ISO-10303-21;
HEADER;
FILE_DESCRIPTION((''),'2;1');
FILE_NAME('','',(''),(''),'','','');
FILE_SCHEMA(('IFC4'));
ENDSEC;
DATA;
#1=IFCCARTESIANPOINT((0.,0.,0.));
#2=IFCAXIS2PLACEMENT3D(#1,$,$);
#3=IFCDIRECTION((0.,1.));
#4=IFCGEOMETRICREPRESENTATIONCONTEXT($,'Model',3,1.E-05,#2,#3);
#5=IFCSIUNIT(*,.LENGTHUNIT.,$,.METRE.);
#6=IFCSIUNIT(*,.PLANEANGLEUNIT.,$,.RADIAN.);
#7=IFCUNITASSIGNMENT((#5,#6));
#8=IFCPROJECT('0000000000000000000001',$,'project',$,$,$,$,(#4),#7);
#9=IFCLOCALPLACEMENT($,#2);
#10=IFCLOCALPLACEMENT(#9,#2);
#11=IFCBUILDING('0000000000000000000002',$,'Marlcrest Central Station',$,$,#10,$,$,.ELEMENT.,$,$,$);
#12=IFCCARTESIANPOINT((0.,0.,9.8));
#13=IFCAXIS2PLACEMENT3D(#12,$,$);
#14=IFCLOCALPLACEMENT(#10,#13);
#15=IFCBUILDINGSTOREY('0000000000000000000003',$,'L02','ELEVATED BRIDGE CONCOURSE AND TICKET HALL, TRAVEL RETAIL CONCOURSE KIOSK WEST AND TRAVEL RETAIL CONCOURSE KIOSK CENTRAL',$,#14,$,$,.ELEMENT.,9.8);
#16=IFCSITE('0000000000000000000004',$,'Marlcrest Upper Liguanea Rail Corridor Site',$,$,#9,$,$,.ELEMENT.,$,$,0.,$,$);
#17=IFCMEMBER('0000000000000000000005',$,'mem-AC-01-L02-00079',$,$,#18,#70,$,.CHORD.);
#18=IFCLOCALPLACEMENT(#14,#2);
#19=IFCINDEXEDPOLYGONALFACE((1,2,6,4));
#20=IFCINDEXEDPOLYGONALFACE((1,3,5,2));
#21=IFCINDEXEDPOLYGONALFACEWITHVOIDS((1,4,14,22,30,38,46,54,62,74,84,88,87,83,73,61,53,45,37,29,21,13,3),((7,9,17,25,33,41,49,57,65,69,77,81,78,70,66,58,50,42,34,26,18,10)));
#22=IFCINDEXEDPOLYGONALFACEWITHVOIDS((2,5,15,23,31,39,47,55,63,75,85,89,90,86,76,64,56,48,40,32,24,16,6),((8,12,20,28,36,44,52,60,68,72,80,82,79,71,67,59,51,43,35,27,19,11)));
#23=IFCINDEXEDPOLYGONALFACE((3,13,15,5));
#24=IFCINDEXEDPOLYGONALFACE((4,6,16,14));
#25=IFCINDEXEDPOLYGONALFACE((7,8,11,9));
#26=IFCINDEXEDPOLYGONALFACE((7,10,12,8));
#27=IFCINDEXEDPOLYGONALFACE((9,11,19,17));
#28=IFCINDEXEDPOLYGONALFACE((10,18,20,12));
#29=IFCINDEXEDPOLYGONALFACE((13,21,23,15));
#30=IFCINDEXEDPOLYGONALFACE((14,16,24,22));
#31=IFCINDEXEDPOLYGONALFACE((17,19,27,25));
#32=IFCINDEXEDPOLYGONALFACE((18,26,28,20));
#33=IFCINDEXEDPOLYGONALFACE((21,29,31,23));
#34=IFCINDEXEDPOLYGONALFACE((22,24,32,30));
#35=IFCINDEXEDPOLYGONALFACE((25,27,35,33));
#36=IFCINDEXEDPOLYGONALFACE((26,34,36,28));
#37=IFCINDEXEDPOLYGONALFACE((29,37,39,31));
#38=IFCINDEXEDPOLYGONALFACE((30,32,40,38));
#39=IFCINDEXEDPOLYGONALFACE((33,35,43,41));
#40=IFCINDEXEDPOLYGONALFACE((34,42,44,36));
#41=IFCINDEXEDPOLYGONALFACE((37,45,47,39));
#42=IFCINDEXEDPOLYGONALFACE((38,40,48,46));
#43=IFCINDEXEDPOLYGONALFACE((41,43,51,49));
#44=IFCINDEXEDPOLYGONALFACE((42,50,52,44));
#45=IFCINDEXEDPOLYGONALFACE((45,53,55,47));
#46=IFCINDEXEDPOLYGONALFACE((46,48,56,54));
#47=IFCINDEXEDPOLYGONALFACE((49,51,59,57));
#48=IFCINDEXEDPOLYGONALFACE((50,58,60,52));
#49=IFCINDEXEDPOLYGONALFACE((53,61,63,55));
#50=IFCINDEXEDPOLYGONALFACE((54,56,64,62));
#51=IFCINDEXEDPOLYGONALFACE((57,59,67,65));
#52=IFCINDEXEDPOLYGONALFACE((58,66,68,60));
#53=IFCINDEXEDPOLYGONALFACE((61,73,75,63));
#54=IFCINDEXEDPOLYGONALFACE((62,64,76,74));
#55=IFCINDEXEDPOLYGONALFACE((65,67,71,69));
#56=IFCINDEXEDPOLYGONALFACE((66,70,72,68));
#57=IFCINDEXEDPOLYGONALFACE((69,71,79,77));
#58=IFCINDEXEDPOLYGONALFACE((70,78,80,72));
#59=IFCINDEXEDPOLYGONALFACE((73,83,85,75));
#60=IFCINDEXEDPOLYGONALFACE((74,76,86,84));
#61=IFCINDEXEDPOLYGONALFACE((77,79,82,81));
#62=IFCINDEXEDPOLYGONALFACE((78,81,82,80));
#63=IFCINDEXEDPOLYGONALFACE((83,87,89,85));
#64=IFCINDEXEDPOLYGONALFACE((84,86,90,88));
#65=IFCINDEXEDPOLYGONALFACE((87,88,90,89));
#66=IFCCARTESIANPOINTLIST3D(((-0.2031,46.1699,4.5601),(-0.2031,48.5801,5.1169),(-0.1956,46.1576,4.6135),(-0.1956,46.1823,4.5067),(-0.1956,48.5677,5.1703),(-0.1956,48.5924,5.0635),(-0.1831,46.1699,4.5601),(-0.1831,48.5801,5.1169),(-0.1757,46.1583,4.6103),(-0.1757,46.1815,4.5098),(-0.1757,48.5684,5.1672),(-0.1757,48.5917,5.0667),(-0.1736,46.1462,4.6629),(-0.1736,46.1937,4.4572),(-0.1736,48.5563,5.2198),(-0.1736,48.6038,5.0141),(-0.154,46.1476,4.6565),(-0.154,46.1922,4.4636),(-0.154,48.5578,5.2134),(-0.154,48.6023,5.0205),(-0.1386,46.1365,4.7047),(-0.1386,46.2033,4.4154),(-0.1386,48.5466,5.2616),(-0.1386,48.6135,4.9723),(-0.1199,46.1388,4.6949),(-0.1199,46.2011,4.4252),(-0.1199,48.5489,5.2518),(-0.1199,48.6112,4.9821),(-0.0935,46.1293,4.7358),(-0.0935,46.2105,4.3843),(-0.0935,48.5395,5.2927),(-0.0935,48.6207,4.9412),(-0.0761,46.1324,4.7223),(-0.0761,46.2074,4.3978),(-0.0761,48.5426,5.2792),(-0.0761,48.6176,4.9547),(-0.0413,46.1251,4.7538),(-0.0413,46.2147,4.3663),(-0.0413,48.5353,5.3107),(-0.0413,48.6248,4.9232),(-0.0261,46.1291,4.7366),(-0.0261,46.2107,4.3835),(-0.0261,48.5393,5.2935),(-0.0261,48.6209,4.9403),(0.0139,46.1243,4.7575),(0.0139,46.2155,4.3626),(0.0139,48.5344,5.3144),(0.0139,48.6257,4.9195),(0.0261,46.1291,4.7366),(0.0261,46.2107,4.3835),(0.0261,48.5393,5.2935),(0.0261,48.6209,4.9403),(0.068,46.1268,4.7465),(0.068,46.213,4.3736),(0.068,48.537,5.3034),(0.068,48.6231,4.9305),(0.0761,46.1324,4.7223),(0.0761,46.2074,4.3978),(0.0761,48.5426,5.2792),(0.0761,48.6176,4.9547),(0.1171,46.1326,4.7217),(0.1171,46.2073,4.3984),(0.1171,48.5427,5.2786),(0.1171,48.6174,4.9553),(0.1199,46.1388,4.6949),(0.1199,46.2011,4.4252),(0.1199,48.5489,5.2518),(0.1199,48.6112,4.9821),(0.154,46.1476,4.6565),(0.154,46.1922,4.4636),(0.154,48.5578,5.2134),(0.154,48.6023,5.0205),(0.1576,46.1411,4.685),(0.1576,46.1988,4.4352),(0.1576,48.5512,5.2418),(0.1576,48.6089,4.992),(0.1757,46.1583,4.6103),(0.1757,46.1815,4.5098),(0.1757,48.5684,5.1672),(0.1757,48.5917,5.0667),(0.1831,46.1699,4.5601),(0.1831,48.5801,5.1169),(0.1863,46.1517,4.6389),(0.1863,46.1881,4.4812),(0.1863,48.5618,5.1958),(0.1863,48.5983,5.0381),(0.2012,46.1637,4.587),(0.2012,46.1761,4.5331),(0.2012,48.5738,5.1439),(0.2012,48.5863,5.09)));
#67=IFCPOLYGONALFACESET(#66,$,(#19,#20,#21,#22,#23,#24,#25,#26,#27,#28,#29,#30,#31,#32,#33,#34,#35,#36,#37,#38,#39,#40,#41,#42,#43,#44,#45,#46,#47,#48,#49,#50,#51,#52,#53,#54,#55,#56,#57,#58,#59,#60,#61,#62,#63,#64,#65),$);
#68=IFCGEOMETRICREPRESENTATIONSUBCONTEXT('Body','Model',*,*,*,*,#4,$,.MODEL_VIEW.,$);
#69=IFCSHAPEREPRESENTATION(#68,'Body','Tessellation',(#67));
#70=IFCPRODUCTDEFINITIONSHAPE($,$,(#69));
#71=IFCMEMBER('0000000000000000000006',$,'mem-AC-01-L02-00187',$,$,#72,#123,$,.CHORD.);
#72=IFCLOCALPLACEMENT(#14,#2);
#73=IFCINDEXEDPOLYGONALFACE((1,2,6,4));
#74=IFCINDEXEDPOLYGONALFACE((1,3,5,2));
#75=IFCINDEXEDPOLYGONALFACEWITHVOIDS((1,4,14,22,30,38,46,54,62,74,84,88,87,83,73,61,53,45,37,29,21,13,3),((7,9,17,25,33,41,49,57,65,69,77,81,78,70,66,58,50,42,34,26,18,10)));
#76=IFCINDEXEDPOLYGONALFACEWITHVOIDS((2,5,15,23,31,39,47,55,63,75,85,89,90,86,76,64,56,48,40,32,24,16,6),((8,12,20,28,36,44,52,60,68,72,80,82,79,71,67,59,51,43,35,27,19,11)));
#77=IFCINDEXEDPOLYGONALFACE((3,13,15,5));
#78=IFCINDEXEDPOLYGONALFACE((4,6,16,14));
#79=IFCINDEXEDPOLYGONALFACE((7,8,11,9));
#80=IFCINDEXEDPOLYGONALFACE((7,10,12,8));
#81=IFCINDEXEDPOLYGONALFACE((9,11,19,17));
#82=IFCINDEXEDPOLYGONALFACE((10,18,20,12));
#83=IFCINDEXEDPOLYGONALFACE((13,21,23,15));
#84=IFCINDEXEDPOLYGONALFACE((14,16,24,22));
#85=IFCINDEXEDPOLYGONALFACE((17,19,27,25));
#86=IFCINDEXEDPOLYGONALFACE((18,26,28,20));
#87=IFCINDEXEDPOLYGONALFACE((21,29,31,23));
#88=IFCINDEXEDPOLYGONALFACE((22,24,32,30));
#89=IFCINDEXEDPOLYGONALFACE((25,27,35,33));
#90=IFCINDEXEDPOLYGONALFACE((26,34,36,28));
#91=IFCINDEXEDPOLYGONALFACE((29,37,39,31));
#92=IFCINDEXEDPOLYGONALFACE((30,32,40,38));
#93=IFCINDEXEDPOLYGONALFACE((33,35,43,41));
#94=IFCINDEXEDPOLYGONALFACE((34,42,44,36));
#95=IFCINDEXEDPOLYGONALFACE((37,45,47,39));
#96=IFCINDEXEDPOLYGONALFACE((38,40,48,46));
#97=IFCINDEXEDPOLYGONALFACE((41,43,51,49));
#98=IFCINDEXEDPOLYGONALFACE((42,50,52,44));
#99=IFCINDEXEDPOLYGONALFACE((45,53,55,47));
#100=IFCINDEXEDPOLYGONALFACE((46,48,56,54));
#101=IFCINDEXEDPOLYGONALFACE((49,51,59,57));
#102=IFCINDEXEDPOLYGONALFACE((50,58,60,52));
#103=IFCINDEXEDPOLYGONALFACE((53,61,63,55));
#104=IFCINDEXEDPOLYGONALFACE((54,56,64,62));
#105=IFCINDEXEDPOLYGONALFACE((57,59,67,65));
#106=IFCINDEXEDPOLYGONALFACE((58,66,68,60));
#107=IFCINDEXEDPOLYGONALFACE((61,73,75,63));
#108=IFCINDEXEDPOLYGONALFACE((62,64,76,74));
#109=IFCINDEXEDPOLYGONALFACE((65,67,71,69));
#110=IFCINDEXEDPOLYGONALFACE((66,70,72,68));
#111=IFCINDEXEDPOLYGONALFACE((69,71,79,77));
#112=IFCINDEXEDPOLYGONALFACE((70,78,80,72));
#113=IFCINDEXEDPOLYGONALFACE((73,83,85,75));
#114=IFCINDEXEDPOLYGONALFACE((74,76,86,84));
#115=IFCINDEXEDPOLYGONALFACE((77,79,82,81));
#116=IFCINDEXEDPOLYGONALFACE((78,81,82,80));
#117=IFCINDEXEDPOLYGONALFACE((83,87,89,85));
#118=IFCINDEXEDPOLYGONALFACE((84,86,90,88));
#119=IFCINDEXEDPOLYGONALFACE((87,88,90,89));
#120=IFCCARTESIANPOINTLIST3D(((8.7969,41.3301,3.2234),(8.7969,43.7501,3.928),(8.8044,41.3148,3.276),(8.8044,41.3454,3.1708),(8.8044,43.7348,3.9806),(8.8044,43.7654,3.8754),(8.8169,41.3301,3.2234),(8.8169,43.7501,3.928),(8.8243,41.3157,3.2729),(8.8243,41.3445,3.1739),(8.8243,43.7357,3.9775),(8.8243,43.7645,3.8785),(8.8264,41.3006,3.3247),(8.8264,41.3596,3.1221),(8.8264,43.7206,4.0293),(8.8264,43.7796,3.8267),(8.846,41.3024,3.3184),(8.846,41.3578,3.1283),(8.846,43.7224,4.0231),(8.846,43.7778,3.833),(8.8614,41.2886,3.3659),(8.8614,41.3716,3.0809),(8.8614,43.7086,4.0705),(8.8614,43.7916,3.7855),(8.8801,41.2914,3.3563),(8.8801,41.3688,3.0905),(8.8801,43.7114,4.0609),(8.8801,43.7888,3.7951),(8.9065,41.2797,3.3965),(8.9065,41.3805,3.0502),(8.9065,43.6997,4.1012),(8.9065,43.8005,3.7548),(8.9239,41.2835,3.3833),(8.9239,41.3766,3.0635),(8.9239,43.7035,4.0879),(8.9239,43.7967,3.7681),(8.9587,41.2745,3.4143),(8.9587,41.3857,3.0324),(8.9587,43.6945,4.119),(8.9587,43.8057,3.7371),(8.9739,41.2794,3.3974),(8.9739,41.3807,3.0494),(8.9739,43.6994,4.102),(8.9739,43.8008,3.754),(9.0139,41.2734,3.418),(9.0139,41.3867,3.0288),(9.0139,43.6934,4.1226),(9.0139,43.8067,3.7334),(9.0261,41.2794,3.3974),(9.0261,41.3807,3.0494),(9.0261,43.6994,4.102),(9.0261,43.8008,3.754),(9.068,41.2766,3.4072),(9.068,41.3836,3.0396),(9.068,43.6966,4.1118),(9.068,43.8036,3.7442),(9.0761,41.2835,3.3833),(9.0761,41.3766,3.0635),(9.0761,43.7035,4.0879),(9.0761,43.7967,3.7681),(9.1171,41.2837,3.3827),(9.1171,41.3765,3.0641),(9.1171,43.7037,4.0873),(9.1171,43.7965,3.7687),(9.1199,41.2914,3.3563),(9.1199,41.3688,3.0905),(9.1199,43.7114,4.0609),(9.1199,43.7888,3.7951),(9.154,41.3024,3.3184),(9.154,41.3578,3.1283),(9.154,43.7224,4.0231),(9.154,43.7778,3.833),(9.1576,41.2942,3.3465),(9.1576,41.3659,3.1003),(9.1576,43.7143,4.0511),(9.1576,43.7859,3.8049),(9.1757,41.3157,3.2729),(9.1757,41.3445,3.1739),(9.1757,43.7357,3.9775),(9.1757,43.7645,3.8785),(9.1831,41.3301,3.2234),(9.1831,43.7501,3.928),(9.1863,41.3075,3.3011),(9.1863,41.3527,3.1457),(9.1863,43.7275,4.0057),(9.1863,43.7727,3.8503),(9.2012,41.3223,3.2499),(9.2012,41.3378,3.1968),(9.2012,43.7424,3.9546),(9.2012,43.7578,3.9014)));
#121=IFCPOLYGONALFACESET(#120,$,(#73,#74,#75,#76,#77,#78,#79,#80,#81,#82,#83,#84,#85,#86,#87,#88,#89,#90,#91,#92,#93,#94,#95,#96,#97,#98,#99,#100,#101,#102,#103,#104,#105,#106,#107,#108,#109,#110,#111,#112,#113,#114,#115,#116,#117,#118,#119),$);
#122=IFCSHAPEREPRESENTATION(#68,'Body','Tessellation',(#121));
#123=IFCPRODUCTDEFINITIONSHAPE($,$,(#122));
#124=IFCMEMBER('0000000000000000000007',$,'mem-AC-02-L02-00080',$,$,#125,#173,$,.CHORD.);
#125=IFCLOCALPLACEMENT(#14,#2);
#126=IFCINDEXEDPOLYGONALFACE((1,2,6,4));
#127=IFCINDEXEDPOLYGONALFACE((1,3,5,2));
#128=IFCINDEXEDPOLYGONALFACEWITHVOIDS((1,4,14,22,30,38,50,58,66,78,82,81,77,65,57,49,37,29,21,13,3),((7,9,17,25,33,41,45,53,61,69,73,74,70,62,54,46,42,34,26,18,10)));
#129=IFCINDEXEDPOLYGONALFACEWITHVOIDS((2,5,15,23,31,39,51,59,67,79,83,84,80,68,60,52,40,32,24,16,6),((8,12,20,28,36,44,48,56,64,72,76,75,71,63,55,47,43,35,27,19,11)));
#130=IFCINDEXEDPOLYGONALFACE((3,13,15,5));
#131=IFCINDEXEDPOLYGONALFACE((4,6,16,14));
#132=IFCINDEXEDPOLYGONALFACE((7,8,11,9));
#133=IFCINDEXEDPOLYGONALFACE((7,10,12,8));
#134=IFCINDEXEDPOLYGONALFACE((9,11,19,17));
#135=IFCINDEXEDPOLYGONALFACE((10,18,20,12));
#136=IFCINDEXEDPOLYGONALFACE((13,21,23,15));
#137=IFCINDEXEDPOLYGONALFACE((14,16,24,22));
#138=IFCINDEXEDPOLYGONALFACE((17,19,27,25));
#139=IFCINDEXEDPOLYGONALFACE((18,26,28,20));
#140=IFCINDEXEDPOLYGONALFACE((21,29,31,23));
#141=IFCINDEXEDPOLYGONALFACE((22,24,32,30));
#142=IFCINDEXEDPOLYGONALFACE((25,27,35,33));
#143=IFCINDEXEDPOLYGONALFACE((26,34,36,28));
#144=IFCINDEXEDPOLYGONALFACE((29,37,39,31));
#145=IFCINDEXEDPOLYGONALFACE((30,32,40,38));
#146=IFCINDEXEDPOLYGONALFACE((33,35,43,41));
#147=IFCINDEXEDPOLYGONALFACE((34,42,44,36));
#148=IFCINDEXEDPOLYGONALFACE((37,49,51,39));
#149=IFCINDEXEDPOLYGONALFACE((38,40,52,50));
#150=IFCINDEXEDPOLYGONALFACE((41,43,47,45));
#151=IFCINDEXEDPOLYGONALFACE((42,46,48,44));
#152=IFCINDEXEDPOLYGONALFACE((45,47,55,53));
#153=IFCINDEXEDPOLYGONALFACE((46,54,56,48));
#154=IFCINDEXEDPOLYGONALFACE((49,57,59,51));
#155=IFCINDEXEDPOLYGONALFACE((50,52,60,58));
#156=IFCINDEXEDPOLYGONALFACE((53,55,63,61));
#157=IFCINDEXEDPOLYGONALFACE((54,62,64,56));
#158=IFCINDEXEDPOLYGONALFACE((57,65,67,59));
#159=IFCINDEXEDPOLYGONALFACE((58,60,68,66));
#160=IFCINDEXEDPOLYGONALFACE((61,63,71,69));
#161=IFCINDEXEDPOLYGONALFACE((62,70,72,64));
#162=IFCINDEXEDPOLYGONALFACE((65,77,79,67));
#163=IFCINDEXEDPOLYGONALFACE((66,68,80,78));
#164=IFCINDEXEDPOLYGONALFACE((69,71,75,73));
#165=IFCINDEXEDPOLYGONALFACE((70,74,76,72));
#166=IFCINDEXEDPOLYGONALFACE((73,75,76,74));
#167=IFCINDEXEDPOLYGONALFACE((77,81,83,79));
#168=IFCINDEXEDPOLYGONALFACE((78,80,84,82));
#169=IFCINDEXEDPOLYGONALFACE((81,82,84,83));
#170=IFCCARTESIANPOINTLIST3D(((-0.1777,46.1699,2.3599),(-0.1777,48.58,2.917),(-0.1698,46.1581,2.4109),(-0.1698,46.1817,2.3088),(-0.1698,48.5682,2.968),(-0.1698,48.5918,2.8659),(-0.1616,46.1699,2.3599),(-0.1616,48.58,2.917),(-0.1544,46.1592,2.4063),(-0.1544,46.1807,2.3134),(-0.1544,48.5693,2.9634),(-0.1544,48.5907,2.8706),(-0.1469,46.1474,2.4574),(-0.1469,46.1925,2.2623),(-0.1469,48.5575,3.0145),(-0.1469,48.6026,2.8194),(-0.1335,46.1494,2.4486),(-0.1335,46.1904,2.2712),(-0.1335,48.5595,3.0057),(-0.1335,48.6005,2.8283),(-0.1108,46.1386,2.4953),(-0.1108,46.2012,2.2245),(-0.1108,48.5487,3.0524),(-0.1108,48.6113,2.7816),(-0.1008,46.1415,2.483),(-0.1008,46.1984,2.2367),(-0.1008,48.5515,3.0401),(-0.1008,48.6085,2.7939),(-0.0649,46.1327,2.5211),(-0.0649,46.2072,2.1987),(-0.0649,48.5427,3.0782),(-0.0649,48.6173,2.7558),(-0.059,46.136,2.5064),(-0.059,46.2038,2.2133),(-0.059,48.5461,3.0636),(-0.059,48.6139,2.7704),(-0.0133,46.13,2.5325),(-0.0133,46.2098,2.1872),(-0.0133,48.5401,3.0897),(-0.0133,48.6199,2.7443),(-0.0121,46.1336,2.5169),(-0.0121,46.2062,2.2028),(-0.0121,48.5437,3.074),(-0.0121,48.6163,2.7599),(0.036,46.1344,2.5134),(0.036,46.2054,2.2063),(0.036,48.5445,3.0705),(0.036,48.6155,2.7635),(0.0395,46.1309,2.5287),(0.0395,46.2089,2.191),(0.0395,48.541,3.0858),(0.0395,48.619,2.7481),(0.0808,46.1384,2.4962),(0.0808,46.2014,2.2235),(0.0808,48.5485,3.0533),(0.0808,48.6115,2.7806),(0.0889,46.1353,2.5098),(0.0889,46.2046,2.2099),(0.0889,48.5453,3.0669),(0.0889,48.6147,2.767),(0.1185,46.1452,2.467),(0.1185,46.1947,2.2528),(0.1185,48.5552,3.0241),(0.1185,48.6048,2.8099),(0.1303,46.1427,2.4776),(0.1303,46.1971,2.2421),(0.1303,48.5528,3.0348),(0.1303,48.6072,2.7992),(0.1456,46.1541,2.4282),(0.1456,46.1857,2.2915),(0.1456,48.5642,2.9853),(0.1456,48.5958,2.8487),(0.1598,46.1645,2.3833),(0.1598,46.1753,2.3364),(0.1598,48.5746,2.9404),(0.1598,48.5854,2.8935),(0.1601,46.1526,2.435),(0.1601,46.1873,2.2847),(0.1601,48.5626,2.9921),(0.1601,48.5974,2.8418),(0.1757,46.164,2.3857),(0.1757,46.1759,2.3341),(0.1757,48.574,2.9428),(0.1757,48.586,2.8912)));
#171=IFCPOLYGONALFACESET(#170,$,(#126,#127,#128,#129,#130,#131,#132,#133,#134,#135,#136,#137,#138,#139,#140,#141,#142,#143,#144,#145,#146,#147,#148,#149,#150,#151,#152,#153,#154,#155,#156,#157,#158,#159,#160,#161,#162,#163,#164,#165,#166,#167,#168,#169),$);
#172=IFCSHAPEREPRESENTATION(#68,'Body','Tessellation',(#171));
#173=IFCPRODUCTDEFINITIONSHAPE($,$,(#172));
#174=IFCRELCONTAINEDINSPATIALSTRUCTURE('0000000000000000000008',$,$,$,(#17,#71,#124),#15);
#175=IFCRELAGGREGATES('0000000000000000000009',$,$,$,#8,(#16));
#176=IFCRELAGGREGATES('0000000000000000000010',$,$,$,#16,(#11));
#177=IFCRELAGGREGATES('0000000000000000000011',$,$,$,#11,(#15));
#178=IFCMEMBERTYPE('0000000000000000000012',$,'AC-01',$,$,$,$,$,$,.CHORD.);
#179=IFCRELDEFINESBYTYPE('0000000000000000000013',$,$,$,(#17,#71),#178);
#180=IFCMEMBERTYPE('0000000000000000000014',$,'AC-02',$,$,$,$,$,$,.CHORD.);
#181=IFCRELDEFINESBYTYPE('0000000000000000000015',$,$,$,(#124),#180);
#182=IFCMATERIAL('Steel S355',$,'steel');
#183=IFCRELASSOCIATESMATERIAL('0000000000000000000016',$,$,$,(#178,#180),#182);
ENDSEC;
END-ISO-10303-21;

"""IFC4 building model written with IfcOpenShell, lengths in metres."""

from ifc_helpers import new_model, si_unit, direction, frame, origin, origin_2d, place, context, subcontext, project, spatial, hollow_circle, extrude, material, material_profile, profile_set, type_object, element, save


model = new_model("IFC4")

# Units and contexts
model_context = context("Model", 3, precision=1e-05, world=origin(), true_north=direction((0.0, 1.0)))
body_context = subcontext(model_context, "Body", "Model", "MODEL_VIEW")
ifc_project = project(units=[si_unit("LENGTHUNIT", "METRE"), si_unit("PLANEANGLEUNIT", "RADIAN")], contexts=[model_context])

# Site, building, storey
site_placement = place(None, origin())
site = spatial("IfcSite", under=ifc_project, at=site_placement, Name="Marlcrest Upper Liguanea Rail Corridor Site", CompositionType="ELEMENT", RefElevation=0.0)
building_placement = place(site_placement, origin())
building = spatial("IfcBuilding", under=site, at=building_placement, Name="Marlcrest Central Station", CompositionType="ELEMENT")
storey_placement = place(building_placement, frame((0.0, 0.0, 9.8)))
storey = spatial("IfcBuildingStorey", under=building, at=storey_placement, Name="L02", Description="ELEVATED BRIDGE CONCOURSE AND TICKET HALL, TRAVEL RETAIL CONCOURSE KIOSK WEST AND TRAVEL RETAIL CONCOURSE KIOSK CENTRAL", CompositionType="ELEMENT", Elevation=9.8)

# Members
ifc_material_1 = material(Name="Steel S355", Category="steel")
ifc_material_profile_1 = material_profile(ifc_material_1, hollow_circle(Radius=0.2031, WallThickness=0.02, at=origin_2d()), Name="CHS 406.4x20")
ifc_profile_set_1 = profile_set([ifc_material_profile_1], Name="Steel S355")
member_type_1 = type_object("IfcMemberType", Name="AC-01", PredefinedType="CHORD", material=ifc_profile_set_1)
member_1_placement = place(storey_placement, frame((0.0, 46.1699, 4.5601), z_axis=(0.0, 0.97433, 0.225126), x_axis=(-1.0, 0.0, 0.0)))
element("IfcMember", 1, at=member_1_placement, inside=storey, type_object=member_type_1, Name="mem-AC-01-L02-00079", PredefinedType="CHORD", context=body_context, shape_type="SweptSolid", body=[
    extrude(hollow_circle(Radius=0.2031, WallThickness=0.02, at=origin_2d()), origin(), (0.0, 0.0, 1.0), 2.4736),
])
member_2_placement = place(storey_placement, frame((9.0, 41.3301, 3.2234), z_axis=(0.0, 0.96013, 0.279554), x_axis=(-1.0, 0.0, 0.0)))
element("IfcMember", 2, at=member_2_placement, inside=storey, type_object=member_type_1, Name="mem-AC-01-L02-00187", PredefinedType="CHORD", context=body_context, shape_type="SweptSolid", body=[
    extrude(hollow_circle(Radius=0.2031, WallThickness=0.02, at=origin_2d()), origin(), (0.0, 0.0, 1.0), 2.5205),
])
ifc_material_profile_2 = material_profile(ifc_material_1, hollow_circle(Radius=0.1777, WallThickness=0.0161, at=origin_2d()), Name="CHS 355.6x16")
ifc_profile_set_2 = profile_set([ifc_material_profile_2], Name="Steel S355")
member_type_2 = type_object("IfcMemberType", Name="AC-02", PredefinedType="CHORD", material=ifc_profile_set_2)
member_3_placement = place(storey_placement, frame((0.0, 46.1699, 2.3599), z_axis=(0.0, 0.974308, 0.22522), x_axis=(-1.0, 0.0, 0.0)))
element("IfcMember", 3, at=member_3_placement, inside=storey, type_object=member_type_2, Name="mem-AC-02-L02-00080", PredefinedType="CHORD", context=body_context, shape_type="SweptSolid", body=[
    extrude(hollow_circle(Radius=0.1777, WallThickness=0.0161, at=origin_2d()), origin(), (0.0, 0.0, 1.0), 2.4736),
])

save(model, "model.ifc")
